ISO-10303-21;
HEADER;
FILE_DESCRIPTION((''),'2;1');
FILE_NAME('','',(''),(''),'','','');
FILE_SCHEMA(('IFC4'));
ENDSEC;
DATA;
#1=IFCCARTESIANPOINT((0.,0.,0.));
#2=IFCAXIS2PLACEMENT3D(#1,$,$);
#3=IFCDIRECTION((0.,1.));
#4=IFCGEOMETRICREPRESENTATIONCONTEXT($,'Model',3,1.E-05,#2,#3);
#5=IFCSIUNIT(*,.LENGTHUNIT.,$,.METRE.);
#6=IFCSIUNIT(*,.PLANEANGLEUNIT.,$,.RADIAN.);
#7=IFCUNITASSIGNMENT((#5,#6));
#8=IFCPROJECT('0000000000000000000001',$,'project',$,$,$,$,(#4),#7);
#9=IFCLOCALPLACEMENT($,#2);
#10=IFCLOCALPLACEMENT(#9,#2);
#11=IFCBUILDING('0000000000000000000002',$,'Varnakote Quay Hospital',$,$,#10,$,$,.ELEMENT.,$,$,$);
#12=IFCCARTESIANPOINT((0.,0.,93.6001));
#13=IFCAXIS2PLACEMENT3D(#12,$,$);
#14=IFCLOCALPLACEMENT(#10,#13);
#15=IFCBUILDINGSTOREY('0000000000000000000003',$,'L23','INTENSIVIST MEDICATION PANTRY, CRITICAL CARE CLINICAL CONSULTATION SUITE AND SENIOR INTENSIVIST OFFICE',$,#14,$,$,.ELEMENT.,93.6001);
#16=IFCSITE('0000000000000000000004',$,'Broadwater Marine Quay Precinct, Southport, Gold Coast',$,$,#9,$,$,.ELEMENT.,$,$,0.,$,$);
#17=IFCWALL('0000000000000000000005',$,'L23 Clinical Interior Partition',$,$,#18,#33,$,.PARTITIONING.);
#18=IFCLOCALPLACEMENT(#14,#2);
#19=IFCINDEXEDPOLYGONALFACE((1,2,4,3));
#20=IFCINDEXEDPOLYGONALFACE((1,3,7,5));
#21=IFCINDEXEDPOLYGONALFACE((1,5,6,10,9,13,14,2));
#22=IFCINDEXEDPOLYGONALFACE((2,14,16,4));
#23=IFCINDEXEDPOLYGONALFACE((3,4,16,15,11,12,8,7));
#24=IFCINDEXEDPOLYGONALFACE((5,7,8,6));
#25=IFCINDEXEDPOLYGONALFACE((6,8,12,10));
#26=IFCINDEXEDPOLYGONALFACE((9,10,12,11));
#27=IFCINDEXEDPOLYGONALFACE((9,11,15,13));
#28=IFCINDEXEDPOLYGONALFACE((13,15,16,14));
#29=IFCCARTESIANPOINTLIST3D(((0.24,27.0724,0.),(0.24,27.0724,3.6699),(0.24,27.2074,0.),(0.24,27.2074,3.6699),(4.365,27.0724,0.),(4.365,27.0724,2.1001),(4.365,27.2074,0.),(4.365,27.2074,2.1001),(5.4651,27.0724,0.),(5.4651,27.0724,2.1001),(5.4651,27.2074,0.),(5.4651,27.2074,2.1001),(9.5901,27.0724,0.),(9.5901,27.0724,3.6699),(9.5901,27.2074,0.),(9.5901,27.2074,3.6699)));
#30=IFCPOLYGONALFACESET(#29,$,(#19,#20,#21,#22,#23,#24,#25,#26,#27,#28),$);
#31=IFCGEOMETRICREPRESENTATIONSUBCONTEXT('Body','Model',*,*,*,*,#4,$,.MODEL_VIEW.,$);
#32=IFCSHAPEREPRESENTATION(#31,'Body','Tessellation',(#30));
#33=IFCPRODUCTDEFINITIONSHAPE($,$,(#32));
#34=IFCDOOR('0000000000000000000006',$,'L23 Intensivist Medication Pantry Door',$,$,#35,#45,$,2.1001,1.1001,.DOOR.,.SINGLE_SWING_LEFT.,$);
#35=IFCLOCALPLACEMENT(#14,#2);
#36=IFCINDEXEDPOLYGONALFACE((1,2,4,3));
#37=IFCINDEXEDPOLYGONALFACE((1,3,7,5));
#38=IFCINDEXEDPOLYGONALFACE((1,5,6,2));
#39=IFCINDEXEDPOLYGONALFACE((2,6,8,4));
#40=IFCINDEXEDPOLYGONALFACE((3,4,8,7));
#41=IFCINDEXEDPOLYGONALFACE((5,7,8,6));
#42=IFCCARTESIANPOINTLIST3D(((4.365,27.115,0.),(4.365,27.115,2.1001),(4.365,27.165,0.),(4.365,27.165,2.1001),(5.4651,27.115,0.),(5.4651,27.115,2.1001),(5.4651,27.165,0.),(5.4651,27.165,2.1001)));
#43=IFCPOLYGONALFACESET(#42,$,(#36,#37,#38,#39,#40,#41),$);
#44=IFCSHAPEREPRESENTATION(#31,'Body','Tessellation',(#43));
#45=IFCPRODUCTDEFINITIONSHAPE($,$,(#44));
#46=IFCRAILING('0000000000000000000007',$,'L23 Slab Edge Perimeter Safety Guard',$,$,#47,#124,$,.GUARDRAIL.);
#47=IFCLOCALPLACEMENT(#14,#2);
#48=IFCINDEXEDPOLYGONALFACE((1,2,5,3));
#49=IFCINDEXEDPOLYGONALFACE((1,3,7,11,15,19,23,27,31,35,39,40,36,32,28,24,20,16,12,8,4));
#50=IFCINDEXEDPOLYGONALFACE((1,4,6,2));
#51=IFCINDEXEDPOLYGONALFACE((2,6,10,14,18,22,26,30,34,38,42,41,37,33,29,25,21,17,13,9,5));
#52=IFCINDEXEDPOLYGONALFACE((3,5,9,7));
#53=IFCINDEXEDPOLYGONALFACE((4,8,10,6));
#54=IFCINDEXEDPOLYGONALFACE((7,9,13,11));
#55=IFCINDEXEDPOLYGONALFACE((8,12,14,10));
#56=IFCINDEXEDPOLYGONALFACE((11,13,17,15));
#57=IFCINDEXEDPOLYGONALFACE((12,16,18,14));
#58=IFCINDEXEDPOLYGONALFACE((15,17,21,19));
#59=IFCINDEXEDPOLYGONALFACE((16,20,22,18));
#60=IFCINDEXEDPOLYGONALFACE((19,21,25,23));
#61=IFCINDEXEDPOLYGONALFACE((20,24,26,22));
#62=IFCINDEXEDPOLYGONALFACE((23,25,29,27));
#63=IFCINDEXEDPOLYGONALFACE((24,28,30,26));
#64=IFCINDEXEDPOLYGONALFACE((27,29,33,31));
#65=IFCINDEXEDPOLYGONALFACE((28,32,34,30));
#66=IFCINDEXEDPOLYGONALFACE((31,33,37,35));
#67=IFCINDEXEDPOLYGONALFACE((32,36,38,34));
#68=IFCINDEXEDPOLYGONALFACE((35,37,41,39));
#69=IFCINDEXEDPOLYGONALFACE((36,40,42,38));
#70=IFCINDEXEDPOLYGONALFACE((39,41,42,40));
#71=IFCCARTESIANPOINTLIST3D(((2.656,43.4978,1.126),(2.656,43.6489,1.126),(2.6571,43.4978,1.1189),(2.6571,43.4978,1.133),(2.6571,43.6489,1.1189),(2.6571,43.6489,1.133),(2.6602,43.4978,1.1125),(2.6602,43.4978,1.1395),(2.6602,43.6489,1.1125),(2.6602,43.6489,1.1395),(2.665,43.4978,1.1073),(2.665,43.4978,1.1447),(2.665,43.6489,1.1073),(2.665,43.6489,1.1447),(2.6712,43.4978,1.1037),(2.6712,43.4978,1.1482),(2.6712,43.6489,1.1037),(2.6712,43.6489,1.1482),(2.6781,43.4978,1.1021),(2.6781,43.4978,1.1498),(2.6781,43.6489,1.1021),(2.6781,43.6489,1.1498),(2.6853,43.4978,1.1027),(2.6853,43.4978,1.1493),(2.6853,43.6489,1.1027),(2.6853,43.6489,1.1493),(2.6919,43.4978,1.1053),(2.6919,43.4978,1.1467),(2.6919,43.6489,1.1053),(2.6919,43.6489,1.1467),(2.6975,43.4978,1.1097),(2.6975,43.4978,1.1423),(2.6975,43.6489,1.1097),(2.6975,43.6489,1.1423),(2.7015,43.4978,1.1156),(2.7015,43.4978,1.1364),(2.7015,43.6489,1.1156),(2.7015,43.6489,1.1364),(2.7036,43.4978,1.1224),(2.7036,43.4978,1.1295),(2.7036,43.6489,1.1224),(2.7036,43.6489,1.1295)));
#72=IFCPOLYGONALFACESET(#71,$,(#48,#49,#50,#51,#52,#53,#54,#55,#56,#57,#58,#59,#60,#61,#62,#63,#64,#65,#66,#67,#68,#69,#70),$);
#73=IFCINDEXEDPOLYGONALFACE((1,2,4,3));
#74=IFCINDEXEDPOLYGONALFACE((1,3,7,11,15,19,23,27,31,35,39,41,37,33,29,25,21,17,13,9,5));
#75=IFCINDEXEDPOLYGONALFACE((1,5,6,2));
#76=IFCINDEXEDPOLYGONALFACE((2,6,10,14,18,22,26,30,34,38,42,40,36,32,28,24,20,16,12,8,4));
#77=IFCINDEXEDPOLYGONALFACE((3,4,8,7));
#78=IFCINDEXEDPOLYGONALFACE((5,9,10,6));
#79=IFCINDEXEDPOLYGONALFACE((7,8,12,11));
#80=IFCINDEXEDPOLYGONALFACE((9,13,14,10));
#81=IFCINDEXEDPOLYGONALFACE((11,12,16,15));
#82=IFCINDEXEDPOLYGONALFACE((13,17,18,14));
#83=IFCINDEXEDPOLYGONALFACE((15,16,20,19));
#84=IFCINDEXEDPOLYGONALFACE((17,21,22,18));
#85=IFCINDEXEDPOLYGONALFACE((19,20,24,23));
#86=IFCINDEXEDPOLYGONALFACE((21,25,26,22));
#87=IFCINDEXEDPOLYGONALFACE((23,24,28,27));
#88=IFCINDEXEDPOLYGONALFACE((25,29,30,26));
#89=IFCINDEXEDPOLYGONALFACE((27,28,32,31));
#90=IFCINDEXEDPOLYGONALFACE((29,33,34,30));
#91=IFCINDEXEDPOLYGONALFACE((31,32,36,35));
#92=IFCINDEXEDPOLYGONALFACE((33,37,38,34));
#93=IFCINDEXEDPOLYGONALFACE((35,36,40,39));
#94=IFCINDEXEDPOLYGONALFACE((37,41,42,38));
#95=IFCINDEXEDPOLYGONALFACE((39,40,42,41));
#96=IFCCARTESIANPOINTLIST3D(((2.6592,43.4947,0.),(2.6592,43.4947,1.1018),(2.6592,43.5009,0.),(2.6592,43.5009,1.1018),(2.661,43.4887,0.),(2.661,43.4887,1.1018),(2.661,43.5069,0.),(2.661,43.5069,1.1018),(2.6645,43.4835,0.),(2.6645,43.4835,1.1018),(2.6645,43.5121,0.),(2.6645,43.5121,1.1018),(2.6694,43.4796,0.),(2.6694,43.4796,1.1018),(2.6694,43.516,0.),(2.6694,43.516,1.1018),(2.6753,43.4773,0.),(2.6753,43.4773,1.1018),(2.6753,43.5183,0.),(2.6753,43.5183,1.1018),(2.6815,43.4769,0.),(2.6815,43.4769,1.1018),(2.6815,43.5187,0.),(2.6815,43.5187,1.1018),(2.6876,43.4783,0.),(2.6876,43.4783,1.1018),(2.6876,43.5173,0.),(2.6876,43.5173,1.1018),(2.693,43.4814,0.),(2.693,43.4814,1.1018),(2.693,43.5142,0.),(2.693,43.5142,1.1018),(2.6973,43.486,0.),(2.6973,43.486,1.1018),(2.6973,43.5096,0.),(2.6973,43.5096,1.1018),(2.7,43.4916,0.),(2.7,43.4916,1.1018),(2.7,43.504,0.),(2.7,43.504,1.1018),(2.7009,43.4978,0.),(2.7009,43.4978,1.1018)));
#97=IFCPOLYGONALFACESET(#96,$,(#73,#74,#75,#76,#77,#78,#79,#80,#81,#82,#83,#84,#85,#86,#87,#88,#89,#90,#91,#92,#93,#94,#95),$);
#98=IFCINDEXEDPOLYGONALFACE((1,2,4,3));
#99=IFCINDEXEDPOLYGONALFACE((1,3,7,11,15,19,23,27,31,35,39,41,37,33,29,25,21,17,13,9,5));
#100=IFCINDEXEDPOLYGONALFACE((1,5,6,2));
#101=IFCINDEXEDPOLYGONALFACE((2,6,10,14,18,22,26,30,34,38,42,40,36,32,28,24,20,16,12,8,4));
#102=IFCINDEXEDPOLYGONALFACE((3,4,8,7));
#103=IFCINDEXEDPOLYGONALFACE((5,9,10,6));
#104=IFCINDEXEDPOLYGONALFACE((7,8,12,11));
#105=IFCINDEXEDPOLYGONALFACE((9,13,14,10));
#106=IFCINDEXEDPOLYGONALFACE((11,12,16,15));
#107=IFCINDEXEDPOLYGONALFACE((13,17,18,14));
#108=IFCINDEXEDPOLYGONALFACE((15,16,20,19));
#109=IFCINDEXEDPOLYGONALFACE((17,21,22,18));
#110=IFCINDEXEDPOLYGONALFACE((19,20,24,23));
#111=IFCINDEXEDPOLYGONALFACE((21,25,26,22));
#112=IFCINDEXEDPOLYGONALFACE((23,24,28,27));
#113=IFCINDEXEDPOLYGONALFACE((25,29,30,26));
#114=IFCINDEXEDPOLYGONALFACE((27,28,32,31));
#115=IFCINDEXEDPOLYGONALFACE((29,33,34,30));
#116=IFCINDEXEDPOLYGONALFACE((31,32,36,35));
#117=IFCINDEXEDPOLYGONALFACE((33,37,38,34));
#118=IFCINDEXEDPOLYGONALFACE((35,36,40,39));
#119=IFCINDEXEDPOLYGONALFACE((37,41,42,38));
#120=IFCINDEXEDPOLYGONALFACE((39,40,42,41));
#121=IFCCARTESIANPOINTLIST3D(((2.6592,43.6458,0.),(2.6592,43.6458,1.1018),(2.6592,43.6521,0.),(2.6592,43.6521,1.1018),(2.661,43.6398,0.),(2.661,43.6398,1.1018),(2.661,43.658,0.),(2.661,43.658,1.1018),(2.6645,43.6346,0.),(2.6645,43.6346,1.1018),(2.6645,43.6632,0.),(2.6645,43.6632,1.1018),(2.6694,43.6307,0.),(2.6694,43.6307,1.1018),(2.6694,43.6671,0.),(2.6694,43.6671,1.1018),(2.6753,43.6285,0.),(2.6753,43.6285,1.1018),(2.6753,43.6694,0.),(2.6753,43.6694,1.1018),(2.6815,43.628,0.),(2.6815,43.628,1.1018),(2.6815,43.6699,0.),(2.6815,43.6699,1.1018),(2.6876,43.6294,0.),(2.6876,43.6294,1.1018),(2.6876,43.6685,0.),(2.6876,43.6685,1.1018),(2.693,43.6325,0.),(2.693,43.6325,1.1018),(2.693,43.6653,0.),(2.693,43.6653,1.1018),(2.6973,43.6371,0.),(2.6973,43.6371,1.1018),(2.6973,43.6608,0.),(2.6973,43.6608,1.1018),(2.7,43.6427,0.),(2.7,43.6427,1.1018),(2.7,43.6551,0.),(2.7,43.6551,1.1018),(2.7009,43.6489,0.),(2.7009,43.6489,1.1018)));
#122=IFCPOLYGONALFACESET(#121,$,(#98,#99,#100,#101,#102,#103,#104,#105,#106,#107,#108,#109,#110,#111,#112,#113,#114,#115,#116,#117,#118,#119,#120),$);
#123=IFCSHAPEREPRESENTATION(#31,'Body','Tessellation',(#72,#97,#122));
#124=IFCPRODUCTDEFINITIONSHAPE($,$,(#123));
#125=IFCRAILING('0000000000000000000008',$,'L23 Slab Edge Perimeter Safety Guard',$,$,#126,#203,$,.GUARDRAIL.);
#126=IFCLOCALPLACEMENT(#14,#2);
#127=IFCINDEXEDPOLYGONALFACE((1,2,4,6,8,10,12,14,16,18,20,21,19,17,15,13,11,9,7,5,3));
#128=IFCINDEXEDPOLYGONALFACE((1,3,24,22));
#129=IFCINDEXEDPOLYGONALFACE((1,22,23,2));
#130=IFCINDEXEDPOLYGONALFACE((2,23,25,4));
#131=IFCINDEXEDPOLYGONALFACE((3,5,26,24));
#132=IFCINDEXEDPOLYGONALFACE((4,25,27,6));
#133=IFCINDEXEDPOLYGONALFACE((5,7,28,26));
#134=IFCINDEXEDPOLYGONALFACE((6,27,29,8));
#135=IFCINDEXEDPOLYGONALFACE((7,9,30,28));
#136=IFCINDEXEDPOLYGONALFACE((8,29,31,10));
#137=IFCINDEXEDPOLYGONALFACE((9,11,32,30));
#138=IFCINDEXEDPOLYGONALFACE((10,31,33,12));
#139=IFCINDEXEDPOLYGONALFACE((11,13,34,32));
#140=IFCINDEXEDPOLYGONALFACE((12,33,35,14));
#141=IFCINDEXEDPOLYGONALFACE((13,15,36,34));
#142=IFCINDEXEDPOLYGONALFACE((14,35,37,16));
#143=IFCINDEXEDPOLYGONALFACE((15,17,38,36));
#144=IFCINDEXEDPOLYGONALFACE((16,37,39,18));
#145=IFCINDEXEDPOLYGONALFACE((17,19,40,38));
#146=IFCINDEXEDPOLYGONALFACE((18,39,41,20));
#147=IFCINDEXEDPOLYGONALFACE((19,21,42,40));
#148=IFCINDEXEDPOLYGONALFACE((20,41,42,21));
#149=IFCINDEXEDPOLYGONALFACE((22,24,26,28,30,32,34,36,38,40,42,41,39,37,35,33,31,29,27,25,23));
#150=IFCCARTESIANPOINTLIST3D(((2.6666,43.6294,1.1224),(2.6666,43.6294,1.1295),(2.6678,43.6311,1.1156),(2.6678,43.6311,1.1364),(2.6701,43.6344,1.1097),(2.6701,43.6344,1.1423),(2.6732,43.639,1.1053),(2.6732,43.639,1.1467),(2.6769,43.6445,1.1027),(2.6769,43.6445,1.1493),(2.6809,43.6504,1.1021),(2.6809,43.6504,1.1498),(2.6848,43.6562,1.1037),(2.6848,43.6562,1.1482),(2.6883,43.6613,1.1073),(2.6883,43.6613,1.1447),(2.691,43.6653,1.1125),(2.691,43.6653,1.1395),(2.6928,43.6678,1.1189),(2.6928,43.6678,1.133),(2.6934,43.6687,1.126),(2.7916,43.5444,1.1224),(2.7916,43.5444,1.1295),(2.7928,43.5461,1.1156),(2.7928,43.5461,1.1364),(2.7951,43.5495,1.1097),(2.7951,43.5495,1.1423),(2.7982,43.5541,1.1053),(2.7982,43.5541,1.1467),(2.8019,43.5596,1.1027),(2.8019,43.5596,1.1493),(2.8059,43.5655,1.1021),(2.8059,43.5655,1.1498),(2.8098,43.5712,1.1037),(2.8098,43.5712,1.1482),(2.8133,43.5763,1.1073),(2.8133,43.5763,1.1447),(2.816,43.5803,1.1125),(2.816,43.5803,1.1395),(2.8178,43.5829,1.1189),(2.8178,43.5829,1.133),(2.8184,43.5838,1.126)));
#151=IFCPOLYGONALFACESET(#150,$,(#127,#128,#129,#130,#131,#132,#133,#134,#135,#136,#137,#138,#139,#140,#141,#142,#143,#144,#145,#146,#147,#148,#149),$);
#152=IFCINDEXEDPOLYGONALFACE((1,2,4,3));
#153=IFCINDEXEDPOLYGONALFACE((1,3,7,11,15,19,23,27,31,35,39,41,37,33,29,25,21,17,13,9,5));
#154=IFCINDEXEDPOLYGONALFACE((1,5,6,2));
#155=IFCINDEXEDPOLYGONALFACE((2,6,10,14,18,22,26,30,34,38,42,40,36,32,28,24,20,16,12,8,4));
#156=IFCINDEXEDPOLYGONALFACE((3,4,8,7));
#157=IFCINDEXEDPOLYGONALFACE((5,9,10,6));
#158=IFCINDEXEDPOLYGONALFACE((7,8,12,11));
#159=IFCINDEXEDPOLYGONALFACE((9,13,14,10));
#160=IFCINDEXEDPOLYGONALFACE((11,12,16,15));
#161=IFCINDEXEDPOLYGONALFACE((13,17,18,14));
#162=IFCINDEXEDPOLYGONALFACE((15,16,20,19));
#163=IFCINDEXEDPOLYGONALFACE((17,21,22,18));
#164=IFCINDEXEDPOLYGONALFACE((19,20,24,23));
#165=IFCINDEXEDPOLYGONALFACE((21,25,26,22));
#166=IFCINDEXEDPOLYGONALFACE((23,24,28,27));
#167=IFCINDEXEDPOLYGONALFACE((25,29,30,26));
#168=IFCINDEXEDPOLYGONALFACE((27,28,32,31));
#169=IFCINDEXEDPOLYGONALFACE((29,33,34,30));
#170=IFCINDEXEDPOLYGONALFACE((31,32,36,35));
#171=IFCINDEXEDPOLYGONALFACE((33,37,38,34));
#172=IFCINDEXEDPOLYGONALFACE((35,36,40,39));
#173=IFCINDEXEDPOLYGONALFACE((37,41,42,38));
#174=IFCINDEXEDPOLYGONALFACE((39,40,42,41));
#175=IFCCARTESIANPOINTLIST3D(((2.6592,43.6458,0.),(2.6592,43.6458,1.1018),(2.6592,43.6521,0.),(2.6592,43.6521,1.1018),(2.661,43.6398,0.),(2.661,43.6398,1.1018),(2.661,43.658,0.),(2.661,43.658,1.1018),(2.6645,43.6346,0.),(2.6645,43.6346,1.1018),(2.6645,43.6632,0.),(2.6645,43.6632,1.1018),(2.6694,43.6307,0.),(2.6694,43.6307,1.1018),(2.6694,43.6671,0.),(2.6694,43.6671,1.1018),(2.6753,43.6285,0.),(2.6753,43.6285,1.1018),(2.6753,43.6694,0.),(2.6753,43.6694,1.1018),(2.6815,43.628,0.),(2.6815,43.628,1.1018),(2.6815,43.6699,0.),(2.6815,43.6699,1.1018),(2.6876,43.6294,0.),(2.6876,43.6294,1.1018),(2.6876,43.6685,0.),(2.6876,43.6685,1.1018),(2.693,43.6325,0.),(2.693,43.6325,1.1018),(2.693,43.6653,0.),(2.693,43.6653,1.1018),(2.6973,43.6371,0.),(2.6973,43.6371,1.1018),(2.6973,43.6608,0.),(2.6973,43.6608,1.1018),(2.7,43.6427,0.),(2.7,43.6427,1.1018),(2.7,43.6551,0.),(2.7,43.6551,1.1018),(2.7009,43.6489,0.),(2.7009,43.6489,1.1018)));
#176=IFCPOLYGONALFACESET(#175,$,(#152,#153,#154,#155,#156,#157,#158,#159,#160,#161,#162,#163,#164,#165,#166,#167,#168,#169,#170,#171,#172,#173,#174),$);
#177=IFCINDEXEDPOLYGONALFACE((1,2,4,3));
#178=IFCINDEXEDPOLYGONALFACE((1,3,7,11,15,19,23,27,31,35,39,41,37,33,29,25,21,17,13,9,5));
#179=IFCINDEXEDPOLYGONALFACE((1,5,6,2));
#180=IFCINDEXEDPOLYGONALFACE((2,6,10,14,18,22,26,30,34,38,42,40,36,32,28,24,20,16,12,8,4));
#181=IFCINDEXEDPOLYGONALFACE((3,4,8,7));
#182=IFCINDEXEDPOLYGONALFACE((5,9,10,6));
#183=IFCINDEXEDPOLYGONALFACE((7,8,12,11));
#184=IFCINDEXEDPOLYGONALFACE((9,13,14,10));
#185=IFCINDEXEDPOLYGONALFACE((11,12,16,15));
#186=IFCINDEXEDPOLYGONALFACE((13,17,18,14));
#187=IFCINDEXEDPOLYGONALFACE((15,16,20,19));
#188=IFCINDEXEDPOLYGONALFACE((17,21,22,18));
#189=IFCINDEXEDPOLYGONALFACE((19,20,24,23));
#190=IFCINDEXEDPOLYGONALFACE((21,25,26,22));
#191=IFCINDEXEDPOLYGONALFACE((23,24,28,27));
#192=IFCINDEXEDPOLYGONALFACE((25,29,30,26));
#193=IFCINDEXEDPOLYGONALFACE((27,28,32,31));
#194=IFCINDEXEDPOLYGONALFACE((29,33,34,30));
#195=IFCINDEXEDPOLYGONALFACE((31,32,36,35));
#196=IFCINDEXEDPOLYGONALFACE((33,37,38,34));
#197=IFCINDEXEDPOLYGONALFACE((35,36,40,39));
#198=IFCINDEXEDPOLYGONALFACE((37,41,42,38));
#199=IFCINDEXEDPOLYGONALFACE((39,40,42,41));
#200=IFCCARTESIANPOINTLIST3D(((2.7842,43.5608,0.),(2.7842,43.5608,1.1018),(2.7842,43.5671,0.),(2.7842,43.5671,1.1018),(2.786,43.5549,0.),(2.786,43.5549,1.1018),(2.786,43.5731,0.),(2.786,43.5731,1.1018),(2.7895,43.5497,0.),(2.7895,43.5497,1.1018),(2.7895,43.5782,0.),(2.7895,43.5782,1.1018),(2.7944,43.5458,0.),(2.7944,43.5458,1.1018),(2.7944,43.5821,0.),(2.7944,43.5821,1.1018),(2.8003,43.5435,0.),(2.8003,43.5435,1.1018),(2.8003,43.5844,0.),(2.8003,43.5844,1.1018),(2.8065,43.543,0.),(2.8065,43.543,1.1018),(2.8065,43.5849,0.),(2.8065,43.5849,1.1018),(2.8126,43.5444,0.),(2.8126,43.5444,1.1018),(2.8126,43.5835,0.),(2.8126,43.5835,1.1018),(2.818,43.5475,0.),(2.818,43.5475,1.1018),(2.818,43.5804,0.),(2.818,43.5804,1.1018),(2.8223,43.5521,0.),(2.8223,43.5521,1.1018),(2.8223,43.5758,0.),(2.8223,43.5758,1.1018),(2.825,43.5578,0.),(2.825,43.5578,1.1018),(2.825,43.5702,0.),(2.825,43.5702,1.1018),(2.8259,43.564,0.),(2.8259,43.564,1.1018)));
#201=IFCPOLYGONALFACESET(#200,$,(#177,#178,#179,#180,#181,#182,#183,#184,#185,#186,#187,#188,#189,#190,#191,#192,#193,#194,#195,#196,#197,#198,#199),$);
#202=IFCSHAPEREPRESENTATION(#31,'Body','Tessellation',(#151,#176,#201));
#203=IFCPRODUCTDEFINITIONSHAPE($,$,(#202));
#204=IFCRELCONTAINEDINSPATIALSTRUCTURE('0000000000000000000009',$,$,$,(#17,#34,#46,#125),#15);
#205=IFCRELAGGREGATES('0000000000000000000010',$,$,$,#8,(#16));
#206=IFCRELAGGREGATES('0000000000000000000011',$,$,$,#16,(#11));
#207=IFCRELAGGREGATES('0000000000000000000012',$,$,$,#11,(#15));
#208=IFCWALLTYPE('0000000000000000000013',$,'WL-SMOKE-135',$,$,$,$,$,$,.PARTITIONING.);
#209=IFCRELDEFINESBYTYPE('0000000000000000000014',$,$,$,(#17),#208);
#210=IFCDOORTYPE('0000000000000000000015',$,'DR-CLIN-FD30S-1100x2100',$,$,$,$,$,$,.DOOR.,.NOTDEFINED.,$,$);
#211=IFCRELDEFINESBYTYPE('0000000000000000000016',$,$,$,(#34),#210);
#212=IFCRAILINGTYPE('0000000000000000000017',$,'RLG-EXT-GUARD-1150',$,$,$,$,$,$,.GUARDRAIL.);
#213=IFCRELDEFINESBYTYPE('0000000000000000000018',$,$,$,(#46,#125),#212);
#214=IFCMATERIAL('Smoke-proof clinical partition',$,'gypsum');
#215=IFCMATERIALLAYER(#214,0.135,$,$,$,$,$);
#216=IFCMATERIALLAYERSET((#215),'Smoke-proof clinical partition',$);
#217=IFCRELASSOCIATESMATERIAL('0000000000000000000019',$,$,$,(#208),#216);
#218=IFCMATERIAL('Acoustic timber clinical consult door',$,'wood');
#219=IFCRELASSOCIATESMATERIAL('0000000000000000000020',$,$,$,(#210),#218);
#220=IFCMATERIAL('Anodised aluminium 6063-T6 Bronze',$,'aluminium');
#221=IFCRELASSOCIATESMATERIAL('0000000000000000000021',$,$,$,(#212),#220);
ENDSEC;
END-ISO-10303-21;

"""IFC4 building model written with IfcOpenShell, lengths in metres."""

from ifc_helpers import new_model, si_unit, direction, frame, frame_2d, origin, origin_2d, place, context, subcontext, project, spatial, rectangle, circle, extrude, material, layer, layer_set, type_object, element, fill, save


model = new_model("IFC4")

# Units and contexts
model_context = context("Model", 3, precision=1e-05, world=origin(), true_north=direction((0.0, 1.0)))
body_context = subcontext(model_context, "Body", "Model", "MODEL_VIEW")
ifc_project = project(units=[si_unit("LENGTHUNIT", "METRE"), si_unit("PLANEANGLEUNIT", "RADIAN")], contexts=[model_context])

# Site, building, storey
site_placement = place(None, origin())
site = spatial("IfcSite", under=ifc_project, at=site_placement, Name="Broadwater Marine Quay Precinct, Southport, Gold Coast", CompositionType="ELEMENT", RefElevation=0.0)
building_placement = place(site_placement, origin())
building = spatial("IfcBuilding", under=site, at=building_placement, Name="Varnakote Quay Hospital", CompositionType="ELEMENT")
storey_placement = place(building_placement, frame((0.0, 0.0, 93.6001)))
storey = spatial("IfcBuildingStorey", under=building, at=storey_placement, Name="L23", Description="INTENSIVIST MEDICATION PANTRY, CRITICAL CARE CLINICAL CONSULTATION SUITE AND SENIOR INTENSIVIST OFFICE", CompositionType="ELEMENT", Elevation=93.6001)

# Shared definitions
ifc_material_1 = material(Name="Smoke-proof clinical partition", Category="gypsum")
ifc_layer_1 = layer(ifc_material_1, 0.135)
ifc_layer_set_1 = layer_set([ifc_layer_1], Name="Smoke-proof clinical partition")
wall_type_1 = type_object("IfcWallType", Name="WL-SMOKE-135", PredefinedType="PARTITIONING", material=ifc_layer_set_1)

# Wall, opening, door
wall_1_placement = place(storey_placement, frame((9.5901, 27.1399, 0.0), z_axis=(0.0, 0.0, 1.0), x_axis=(-1.0, 0.0, 0.0)))
wall_1 = element("IfcWall", 1, at=wall_1_placement, inside=storey, type_object=wall_type_1, Name="L23 Clinical Interior Partition", PredefinedType="PARTITIONING", context=body_context, shape_type="SweptSolid", body=[
    extrude(rectangle(XDim=9.3501, YDim=0.135, at=frame_2d((4.675, 0.0))), origin(), (0.0, 0.0, 1.0), 3.6699),
])
opening_1_placement = place(wall_1_placement, frame((4.125, 0.0, 0.0)))
opening_1 = element("IfcOpeningElement", 2, at=opening_1_placement, cuts=wall_1, PredefinedType="OPENING", context=body_context, shape_type="SweptSolid", body=[
    extrude(rectangle(XDim=1.1001, YDim=2.1001, at=frame_2d((0.55, 1.05))), frame((0.0, 0.0774, 0.0), z_axis=(0.0, -1.0, 0.0), x_axis=(1.0, 0.0, 0.0)), (0.0, 0.0, 1.0), 0.155),
])
ifc_material_2 = material(Name="Acoustic timber clinical consult door", Category="wood")
door_type = type_object("IfcDoorType", Name="DR-CLIN-FD30S-1100x2100", OperationType="NOTDEFINED", PredefinedType="DOOR", material=ifc_material_2)
door_placement = place(opening_1_placement, origin())
door = element("IfcDoor", 3, at=door_placement, inside=storey, type_object=door_type, Name="L23 Intensivist Medication Pantry Door", OperationType="SINGLE_SWING_LEFT", OverallHeight=2.1001, OverallWidth=1.1001, PredefinedType="DOOR", context=body_context, shape_type="SweptSolid", body=[
    extrude(rectangle(XDim=1.1001, YDim=2.1001, at=frame_2d((0.55, 1.05))), frame((0.0, 0.0249, 0.0), z_axis=(0.0, -1.0, 0.0), x_axis=(1.0, 0.0, 0.0)), (0.0, 0.0, 1.0), 0.05),
])
fill(opening_1, door)

# Railings
ifc_material_3 = material(Name="Anodised aluminium 6063-T6 Bronze", Category="aluminium")
railing_type = type_object("IfcRailingType", Name="RLG-EXT-GUARD-1150", PredefinedType="GUARDRAIL", material=ifc_material_3)
railing_1_placement = place(storey_placement, frame((2.6799, 43.4978, 0.0)))
element("IfcRailing", 4, at=railing_1_placement, inside=storey, type_object=railing_type, Name="L23 Slab Edge Perimeter Safety Guard", PredefinedType="GUARDRAIL", context=body_context, shape_type="SweptSolid", body=[
    extrude(circle(Radius=0.0239, at=origin_2d()), frame((0.0, 0.0, 1.126), z_axis=(0.0, 1.0, 0.0), x_axis=(-1.0, 0.0, 0.0)), (0.0, 0.0, 1.0), 0.1511),
    extrude(circle(Radius=0.021, at=origin_2d()), origin(), (0.0, 0.0, 1.0), 1.1018),
    extrude(circle(Radius=0.021, at=origin_2d()), frame((0.0, 0.1511, 0.0)), (0.0, 0.0, 1.0), 1.1018),
])
railing_2_placement = place(storey_placement, frame((2.6799, 43.6489, 0.0)))
element("IfcRailing", 5, at=railing_2_placement, inside=storey, type_object=railing_type, Name="L23 Slab Edge Perimeter Safety Guard", PredefinedType="GUARDRAIL", context=body_context, shape_type="SweptSolid", body=[
    extrude(circle(Radius=0.0239, at=origin_2d()), frame((0.0, 0.0, 1.126), z_axis=(0.827047, -0.562133, 0.0), x_axis=(0.562133, 0.827047, 0.0)), (0.0, 0.0, 1.0), 0.1511),
    extrude(circle(Radius=0.021, at=origin_2d()), origin(), (0.0, 0.0, 1.0), 1.1018),
    extrude(circle(Radius=0.021, at=origin_2d()), frame((0.125, -0.085, 0.0)), (0.0, 0.0, 1.0), 1.1018),
])

save(model, "model.ifc")
